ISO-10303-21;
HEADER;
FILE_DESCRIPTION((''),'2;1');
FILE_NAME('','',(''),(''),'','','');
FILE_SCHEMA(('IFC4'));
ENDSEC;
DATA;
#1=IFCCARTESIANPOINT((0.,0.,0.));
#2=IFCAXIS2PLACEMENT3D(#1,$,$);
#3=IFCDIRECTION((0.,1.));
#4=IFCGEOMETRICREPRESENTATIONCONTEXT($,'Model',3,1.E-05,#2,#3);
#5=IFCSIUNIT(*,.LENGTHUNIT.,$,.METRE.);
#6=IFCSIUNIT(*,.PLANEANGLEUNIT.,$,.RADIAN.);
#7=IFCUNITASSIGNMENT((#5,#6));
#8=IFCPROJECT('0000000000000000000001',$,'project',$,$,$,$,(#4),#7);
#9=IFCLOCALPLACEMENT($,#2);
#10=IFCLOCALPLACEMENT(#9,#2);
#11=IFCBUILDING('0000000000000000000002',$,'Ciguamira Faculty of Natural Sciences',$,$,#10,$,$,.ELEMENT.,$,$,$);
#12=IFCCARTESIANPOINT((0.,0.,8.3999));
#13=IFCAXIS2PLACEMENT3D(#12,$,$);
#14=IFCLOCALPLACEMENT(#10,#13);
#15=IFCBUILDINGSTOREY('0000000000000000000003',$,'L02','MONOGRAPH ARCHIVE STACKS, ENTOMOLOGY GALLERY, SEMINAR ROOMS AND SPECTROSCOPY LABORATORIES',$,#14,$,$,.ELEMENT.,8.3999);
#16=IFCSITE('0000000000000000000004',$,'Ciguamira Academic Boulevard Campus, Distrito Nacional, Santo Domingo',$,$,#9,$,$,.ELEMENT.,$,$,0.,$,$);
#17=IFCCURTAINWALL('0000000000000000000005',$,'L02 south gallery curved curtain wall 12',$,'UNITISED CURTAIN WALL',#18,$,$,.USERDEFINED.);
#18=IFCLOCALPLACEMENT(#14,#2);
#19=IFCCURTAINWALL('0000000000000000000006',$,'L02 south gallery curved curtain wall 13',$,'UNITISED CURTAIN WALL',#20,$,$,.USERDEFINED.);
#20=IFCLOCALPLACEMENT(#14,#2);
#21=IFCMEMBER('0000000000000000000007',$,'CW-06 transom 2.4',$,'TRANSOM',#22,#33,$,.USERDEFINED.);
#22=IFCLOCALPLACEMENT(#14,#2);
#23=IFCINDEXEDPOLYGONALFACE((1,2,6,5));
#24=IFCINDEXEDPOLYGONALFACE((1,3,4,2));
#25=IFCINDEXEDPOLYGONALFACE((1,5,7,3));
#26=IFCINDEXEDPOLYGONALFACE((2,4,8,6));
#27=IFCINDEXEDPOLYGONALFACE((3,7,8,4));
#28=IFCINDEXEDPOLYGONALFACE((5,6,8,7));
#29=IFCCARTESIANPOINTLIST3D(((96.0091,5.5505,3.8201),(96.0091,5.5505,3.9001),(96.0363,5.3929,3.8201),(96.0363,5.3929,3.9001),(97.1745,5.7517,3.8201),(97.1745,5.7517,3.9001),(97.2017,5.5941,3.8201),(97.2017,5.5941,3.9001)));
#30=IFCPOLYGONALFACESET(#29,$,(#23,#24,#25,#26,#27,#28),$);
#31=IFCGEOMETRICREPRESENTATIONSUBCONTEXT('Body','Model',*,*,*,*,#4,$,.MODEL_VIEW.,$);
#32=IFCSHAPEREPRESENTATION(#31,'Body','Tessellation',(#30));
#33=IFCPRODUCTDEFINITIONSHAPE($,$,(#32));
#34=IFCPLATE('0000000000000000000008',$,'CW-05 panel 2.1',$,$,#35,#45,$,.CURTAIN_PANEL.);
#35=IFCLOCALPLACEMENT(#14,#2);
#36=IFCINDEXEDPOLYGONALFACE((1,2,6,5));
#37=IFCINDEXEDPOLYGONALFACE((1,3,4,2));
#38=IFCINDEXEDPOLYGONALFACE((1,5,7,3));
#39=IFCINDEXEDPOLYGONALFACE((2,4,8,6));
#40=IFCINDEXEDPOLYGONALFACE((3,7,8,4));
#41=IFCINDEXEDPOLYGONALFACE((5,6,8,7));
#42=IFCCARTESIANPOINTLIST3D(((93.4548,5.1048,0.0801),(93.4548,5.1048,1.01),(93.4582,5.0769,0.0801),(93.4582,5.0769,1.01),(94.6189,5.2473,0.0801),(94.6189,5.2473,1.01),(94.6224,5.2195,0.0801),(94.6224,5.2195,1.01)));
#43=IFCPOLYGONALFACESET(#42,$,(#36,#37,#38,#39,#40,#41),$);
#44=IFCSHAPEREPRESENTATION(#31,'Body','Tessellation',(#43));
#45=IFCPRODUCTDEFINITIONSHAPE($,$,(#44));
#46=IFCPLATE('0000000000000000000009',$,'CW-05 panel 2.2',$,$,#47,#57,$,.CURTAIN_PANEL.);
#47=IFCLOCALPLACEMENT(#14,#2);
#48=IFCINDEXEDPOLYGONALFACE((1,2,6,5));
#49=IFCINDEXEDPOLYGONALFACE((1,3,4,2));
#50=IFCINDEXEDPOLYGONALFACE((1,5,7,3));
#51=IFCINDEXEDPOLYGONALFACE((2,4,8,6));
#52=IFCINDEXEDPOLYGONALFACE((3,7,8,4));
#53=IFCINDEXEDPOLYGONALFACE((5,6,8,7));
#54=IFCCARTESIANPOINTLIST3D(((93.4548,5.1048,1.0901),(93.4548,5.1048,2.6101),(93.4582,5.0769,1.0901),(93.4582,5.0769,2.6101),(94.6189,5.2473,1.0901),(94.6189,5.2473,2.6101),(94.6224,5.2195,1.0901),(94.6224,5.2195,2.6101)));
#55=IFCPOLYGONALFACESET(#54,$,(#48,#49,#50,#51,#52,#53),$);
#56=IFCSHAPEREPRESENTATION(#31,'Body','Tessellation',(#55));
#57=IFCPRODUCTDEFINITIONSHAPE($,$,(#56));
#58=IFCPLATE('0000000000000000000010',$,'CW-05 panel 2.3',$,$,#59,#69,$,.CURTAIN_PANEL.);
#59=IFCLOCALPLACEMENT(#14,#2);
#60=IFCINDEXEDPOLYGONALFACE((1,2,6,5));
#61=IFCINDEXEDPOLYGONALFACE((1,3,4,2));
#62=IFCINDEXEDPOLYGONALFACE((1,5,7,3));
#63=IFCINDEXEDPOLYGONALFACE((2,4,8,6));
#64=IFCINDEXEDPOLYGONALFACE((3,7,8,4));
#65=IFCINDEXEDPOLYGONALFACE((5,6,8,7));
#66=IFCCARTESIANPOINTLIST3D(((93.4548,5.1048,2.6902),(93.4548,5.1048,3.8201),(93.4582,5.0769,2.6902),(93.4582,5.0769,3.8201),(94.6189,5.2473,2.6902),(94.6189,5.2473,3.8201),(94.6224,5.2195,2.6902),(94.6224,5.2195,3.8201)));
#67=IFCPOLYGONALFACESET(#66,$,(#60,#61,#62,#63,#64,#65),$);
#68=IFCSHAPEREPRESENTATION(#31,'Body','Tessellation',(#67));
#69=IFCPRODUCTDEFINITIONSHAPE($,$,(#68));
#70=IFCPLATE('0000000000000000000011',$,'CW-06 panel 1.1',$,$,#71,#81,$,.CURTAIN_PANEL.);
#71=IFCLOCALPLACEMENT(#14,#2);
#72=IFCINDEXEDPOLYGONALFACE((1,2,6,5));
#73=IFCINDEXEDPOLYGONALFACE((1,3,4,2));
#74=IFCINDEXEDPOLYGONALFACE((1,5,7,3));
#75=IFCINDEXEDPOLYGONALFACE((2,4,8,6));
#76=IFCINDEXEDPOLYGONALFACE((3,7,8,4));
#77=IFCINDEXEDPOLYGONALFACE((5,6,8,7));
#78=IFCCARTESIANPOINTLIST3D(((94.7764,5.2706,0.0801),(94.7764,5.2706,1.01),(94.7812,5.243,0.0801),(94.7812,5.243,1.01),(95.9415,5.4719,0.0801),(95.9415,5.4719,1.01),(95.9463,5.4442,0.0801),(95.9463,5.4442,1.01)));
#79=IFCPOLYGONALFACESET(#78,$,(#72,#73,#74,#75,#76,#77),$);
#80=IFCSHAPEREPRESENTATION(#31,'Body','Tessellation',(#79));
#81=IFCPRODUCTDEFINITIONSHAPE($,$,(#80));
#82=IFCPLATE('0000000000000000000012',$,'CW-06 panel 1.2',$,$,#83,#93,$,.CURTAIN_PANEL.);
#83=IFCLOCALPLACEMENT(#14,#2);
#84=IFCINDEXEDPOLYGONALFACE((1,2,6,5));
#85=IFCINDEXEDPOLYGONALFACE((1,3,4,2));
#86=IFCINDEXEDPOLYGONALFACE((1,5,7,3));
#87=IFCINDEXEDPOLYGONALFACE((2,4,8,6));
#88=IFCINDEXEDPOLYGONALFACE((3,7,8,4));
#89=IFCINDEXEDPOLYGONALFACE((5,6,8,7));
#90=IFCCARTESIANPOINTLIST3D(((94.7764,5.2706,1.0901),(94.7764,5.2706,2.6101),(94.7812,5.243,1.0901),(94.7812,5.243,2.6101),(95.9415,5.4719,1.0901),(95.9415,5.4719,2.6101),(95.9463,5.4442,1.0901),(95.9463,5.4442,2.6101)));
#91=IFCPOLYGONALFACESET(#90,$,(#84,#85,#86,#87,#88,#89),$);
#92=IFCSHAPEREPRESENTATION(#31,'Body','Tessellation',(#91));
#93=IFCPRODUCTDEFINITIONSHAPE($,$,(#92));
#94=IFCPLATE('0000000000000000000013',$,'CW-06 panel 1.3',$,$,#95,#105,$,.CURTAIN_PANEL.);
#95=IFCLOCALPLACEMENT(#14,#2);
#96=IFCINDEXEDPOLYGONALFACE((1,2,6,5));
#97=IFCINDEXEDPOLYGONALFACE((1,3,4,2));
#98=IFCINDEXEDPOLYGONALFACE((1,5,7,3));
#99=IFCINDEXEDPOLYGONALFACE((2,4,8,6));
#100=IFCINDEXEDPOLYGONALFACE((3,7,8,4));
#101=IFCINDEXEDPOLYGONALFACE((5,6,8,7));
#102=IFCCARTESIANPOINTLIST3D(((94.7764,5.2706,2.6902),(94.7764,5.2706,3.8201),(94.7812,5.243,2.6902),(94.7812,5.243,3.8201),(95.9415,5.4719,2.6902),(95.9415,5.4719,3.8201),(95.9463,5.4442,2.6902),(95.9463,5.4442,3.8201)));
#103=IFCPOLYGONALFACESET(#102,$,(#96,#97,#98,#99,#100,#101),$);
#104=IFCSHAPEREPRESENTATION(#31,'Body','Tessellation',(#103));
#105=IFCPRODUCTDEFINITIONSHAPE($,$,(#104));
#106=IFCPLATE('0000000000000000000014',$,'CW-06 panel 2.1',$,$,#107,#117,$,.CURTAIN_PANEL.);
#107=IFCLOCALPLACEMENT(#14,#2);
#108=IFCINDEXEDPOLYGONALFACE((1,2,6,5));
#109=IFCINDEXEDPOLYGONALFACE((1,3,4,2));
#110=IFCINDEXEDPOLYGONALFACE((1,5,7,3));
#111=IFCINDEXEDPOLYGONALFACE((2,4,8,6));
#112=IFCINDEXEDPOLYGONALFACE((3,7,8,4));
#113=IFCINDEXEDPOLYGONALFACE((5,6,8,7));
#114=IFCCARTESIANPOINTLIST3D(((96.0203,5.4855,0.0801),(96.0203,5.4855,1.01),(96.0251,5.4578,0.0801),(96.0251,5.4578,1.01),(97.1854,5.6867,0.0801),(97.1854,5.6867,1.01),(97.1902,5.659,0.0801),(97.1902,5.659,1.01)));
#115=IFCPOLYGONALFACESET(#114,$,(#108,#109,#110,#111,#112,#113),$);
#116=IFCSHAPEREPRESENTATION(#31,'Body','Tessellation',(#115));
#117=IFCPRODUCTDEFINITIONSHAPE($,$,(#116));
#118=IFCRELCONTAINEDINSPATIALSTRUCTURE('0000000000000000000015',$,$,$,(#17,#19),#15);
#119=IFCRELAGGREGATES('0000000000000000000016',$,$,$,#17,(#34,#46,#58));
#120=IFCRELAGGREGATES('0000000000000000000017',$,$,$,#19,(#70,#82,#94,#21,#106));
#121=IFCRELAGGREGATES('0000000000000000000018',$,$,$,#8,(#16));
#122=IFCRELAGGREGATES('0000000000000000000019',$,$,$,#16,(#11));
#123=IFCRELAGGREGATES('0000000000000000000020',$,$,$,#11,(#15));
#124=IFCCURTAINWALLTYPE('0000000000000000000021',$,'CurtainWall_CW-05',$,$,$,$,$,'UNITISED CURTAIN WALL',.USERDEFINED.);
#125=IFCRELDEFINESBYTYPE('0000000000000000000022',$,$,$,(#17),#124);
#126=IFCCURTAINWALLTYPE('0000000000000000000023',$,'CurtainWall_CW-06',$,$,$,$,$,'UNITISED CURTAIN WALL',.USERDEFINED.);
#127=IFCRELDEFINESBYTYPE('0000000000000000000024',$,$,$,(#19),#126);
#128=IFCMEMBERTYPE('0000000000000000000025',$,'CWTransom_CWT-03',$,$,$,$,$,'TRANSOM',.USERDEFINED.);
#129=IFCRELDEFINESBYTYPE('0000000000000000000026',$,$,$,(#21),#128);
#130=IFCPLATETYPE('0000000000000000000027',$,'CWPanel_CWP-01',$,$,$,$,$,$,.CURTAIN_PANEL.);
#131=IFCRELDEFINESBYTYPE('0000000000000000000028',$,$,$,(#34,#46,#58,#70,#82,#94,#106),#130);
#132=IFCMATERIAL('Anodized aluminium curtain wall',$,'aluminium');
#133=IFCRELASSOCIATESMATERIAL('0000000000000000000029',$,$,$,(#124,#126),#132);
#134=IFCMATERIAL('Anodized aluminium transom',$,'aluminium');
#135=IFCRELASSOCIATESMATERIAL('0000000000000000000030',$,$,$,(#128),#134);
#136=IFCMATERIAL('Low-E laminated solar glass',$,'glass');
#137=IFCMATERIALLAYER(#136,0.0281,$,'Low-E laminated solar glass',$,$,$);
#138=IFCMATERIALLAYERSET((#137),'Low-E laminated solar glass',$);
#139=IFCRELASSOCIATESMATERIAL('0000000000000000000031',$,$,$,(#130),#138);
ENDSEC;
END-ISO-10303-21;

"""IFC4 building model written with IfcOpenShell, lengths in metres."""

from ifc_helpers import new_model, si_unit, direction, frame, origin, origin_2d, place, context, subcontext, project, spatial, rectangle, extrude, material, layer, layer_set, material_profile, profile_set, type_object, element, aggregate, save


model = new_model("IFC4")

# Units and contexts
model_context = context("Model", 3, precision=1e-05, world=origin(), true_north=direction((0.0, 1.0)))
body_context = subcontext(model_context, "Body", "Model", "MODEL_VIEW")
ifc_project = project(units=[si_unit("LENGTHUNIT", "METRE"), si_unit("PLANEANGLEUNIT", "RADIAN")], contexts=[model_context])

# Site, building, storey
site_placement = place(None, origin())
site = spatial("IfcSite", under=ifc_project, at=site_placement, Name="Ciguamira Academic Boulevard Campus, Distrito Nacional, Santo Domingo", CompositionType="ELEMENT", RefElevation=0.0)
building_placement = place(site_placement, origin())
building = spatial("IfcBuilding", under=site, at=building_placement, Name="Ciguamira Faculty of Natural Sciences", CompositionType="ELEMENT")
storey_placement = place(building_placement, frame((0.0, 0.0, 8.3999)))
storey = spatial("IfcBuildingStorey", under=building, at=storey_placement, Name="L02", Description="MONOGRAPH ARCHIVE STACKS, ENTOMOLOGY GALLERY, SEMINAR ROOMS AND SPECTROSCOPY LABORATORIES", CompositionType="ELEMENT", Elevation=8.3999)

# Curtain wall
ifc_material_1 = material(Name="Anodized aluminium curtain wall", Category="aluminium")
curtain_wall_type_1 = type_object("IfcCurtainWallType", Name="CurtainWall_CW-05", ElementType="UNITISED CURTAIN WALL", PredefinedType="USERDEFINED", material=ifc_material_1)
curtain_wall_1_placement = place(storey_placement, origin())
curtain_wall_1 = element("IfcCurtainWall", 1, at=curtain_wall_1_placement, inside=storey, type_object=curtain_wall_type_1, Name="L02 south gallery curved curtain wall 12", ObjectType="UNITISED CURTAIN WALL", PredefinedType="USERDEFINED")

# Curtain wall
curtain_wall_type_2 = type_object("IfcCurtainWallType", Name="CurtainWall_CW-06", ElementType="UNITISED CURTAIN WALL", PredefinedType="USERDEFINED", material=ifc_material_1)
curtain_wall_2_placement = place(storey_placement, origin())
curtain_wall_2 = element("IfcCurtainWall", 2, at=curtain_wall_2_placement, inside=storey, type_object=curtain_wall_type_2, Name="L02 south gallery curved curtain wall 13", ObjectType="UNITISED CURTAIN WALL", PredefinedType="USERDEFINED")

# Member
ifc_material_2 = material(Name="Anodized aluminium transom", Category="aluminium")
ifc_material_profile_1 = material_profile(ifc_material_2, rectangle(XDim=0.0801, YDim=0.1599, at=origin_2d()), Name="ALU-TRN-80X160")
ifc_profile_set_1 = profile_set([ifc_material_profile_1], Name="Anodized aluminium transom")
member_type_1 = type_object("IfcMemberType", Name="CWTransom_CWT-03", ElementType="TRANSOM", PredefinedType="USERDEFINED", material=ifc_profile_set_1)
member_1_placement = place(storey_placement, frame((96.0227, 5.4717, 3.8601), z_axis=(0.985423, 0.170121, 0.0), x_axis=(0.0, 0.0, 1.0)))
member_1 = element("IfcMember", 3, at=member_1_placement, type_object=member_type_1, Name="CW-06 transom 2.4", ObjectType="TRANSOM", PredefinedType="USERDEFINED", context=body_context, shape_type="SweptSolid", body=[
    extrude(rectangle(XDim=0.0801, YDim=0.1599, at=origin_2d()), origin(), (0.0, 0.0, 1.0), 1.1826),
])

# Plates
ifc_material_3 = material(Name="Low-E laminated solar glass", Category="glass")
ifc_layer = layer(ifc_material_3, 0.0281, Name="Low-E laminated solar glass")
ifc_layer_set = layer_set([ifc_layer], Name="Low-E laminated solar glass")
plate_type = type_object("IfcPlateType", Name="CWPanel_CWP-01", PredefinedType="CURTAIN_PANEL", material=ifc_layer_set)
plate_1_placement = place(storey_placement, frame((94.0386, 5.1621, 0.0801), z_axis=(0.0, 0.0, 1.0), x_axis=(0.992586, 0.121545, 0.0)))
plate_1 = element("IfcPlate", 4, at=plate_1_placement, type_object=plate_type, Name="CW-05 panel 2.1", PredefinedType="CURTAIN_PANEL", context=body_context, shape_type="SweptSolid", body=[
    extrude(rectangle(XDim=1.1729, YDim=0.0281, at=origin_2d()), origin(), (0.0, 0.0, 1.0), 0.9299),
])
plate_2_placement = place(storey_placement, frame((94.0386, 5.1621, 1.0901), z_axis=(0.0, 0.0, 1.0), x_axis=(0.992586, 0.121545, 0.0)))
plate_2 = element("IfcPlate", 5, at=plate_2_placement, type_object=plate_type, Name="CW-05 panel 2.2", PredefinedType="CURTAIN_PANEL", context=body_context, shape_type="SweptSolid", body=[
    extrude(rectangle(XDim=1.1729, YDim=0.0281, at=origin_2d()), origin(), (0.0, 0.0, 1.0), 1.52),
])
plate_3_placement = place(storey_placement, frame((94.0386, 5.1621, 2.6902), z_axis=(0.0, 0.0, 1.0), x_axis=(0.992586, 0.121545, 0.0)))
plate_3 = element("IfcPlate", 6, at=plate_3_placement, type_object=plate_type, Name="CW-05 panel 2.3", PredefinedType="CURTAIN_PANEL", context=body_context, shape_type="SweptSolid", body=[
    extrude(rectangle(XDim=1.1729, YDim=0.0281, at=origin_2d()), origin(), (0.0, 0.0, 1.0), 1.1299),
])
aggregate(curtain_wall_1, [plate_1, plate_2, plate_3])
plate_4_placement = place(storey_placement, frame((95.3613, 5.3574, 0.0801), z_axis=(0.0, 0.0, 1.0), x_axis=(0.985411, 0.170192, 0.0)))
plate_4 = element("IfcPlate", 7, at=plate_4_placement, type_object=plate_type, Name="CW-06 panel 1.1", PredefinedType="CURTAIN_PANEL", context=body_context, shape_type="SweptSolid", body=[
    extrude(rectangle(XDim=1.1824, YDim=0.0281, at=origin_2d()), origin(), (0.0, 0.0, 1.0), 0.9299),
])
plate_5_placement = place(storey_placement, frame((95.3613, 5.3574, 1.0901), z_axis=(0.0, 0.0, 1.0), x_axis=(0.985411, 0.170192, 0.0)))
plate_5 = element("IfcPlate", 8, at=plate_5_placement, type_object=plate_type, Name="CW-06 panel 1.2", PredefinedType="CURTAIN_PANEL", context=body_context, shape_type="SweptSolid", body=[
    extrude(rectangle(XDim=1.1824, YDim=0.0281, at=origin_2d()), origin(), (0.0, 0.0, 1.0), 1.52),
])
plate_6_placement = place(storey_placement, frame((95.3613, 5.3574, 2.6902), z_axis=(0.0, 0.0, 1.0), x_axis=(0.985411, 0.170192, 0.0)))
plate_6 = element("IfcPlate", 9, at=plate_6_placement, type_object=plate_type, Name="CW-06 panel 1.3", PredefinedType="CURTAIN_PANEL", context=body_context, shape_type="SweptSolid", body=[
    extrude(rectangle(XDim=1.1824, YDim=0.0281, at=origin_2d()), origin(), (0.0, 0.0, 1.0), 1.1299),
])
plate_7_placement = place(storey_placement, frame((96.6052, 5.5723, 0.0801), z_axis=(0.0, 0.0, 1.0), x_axis=(0.985411, 0.170192, 0.0)))
plate_7 = element("IfcPlate", 10, at=plate_7_placement, type_object=plate_type, Name="CW-06 panel 2.1", PredefinedType="CURTAIN_PANEL", context=body_context, shape_type="SweptSolid", body=[
    extrude(rectangle(XDim=1.1824, YDim=0.0281, at=origin_2d()), origin(), (0.0, 0.0, 1.0), 0.9299),
])
aggregate(curtain_wall_2, [plate_4, plate_5, plate_6, member_1, plate_7])

save(model, "model.ifc")
